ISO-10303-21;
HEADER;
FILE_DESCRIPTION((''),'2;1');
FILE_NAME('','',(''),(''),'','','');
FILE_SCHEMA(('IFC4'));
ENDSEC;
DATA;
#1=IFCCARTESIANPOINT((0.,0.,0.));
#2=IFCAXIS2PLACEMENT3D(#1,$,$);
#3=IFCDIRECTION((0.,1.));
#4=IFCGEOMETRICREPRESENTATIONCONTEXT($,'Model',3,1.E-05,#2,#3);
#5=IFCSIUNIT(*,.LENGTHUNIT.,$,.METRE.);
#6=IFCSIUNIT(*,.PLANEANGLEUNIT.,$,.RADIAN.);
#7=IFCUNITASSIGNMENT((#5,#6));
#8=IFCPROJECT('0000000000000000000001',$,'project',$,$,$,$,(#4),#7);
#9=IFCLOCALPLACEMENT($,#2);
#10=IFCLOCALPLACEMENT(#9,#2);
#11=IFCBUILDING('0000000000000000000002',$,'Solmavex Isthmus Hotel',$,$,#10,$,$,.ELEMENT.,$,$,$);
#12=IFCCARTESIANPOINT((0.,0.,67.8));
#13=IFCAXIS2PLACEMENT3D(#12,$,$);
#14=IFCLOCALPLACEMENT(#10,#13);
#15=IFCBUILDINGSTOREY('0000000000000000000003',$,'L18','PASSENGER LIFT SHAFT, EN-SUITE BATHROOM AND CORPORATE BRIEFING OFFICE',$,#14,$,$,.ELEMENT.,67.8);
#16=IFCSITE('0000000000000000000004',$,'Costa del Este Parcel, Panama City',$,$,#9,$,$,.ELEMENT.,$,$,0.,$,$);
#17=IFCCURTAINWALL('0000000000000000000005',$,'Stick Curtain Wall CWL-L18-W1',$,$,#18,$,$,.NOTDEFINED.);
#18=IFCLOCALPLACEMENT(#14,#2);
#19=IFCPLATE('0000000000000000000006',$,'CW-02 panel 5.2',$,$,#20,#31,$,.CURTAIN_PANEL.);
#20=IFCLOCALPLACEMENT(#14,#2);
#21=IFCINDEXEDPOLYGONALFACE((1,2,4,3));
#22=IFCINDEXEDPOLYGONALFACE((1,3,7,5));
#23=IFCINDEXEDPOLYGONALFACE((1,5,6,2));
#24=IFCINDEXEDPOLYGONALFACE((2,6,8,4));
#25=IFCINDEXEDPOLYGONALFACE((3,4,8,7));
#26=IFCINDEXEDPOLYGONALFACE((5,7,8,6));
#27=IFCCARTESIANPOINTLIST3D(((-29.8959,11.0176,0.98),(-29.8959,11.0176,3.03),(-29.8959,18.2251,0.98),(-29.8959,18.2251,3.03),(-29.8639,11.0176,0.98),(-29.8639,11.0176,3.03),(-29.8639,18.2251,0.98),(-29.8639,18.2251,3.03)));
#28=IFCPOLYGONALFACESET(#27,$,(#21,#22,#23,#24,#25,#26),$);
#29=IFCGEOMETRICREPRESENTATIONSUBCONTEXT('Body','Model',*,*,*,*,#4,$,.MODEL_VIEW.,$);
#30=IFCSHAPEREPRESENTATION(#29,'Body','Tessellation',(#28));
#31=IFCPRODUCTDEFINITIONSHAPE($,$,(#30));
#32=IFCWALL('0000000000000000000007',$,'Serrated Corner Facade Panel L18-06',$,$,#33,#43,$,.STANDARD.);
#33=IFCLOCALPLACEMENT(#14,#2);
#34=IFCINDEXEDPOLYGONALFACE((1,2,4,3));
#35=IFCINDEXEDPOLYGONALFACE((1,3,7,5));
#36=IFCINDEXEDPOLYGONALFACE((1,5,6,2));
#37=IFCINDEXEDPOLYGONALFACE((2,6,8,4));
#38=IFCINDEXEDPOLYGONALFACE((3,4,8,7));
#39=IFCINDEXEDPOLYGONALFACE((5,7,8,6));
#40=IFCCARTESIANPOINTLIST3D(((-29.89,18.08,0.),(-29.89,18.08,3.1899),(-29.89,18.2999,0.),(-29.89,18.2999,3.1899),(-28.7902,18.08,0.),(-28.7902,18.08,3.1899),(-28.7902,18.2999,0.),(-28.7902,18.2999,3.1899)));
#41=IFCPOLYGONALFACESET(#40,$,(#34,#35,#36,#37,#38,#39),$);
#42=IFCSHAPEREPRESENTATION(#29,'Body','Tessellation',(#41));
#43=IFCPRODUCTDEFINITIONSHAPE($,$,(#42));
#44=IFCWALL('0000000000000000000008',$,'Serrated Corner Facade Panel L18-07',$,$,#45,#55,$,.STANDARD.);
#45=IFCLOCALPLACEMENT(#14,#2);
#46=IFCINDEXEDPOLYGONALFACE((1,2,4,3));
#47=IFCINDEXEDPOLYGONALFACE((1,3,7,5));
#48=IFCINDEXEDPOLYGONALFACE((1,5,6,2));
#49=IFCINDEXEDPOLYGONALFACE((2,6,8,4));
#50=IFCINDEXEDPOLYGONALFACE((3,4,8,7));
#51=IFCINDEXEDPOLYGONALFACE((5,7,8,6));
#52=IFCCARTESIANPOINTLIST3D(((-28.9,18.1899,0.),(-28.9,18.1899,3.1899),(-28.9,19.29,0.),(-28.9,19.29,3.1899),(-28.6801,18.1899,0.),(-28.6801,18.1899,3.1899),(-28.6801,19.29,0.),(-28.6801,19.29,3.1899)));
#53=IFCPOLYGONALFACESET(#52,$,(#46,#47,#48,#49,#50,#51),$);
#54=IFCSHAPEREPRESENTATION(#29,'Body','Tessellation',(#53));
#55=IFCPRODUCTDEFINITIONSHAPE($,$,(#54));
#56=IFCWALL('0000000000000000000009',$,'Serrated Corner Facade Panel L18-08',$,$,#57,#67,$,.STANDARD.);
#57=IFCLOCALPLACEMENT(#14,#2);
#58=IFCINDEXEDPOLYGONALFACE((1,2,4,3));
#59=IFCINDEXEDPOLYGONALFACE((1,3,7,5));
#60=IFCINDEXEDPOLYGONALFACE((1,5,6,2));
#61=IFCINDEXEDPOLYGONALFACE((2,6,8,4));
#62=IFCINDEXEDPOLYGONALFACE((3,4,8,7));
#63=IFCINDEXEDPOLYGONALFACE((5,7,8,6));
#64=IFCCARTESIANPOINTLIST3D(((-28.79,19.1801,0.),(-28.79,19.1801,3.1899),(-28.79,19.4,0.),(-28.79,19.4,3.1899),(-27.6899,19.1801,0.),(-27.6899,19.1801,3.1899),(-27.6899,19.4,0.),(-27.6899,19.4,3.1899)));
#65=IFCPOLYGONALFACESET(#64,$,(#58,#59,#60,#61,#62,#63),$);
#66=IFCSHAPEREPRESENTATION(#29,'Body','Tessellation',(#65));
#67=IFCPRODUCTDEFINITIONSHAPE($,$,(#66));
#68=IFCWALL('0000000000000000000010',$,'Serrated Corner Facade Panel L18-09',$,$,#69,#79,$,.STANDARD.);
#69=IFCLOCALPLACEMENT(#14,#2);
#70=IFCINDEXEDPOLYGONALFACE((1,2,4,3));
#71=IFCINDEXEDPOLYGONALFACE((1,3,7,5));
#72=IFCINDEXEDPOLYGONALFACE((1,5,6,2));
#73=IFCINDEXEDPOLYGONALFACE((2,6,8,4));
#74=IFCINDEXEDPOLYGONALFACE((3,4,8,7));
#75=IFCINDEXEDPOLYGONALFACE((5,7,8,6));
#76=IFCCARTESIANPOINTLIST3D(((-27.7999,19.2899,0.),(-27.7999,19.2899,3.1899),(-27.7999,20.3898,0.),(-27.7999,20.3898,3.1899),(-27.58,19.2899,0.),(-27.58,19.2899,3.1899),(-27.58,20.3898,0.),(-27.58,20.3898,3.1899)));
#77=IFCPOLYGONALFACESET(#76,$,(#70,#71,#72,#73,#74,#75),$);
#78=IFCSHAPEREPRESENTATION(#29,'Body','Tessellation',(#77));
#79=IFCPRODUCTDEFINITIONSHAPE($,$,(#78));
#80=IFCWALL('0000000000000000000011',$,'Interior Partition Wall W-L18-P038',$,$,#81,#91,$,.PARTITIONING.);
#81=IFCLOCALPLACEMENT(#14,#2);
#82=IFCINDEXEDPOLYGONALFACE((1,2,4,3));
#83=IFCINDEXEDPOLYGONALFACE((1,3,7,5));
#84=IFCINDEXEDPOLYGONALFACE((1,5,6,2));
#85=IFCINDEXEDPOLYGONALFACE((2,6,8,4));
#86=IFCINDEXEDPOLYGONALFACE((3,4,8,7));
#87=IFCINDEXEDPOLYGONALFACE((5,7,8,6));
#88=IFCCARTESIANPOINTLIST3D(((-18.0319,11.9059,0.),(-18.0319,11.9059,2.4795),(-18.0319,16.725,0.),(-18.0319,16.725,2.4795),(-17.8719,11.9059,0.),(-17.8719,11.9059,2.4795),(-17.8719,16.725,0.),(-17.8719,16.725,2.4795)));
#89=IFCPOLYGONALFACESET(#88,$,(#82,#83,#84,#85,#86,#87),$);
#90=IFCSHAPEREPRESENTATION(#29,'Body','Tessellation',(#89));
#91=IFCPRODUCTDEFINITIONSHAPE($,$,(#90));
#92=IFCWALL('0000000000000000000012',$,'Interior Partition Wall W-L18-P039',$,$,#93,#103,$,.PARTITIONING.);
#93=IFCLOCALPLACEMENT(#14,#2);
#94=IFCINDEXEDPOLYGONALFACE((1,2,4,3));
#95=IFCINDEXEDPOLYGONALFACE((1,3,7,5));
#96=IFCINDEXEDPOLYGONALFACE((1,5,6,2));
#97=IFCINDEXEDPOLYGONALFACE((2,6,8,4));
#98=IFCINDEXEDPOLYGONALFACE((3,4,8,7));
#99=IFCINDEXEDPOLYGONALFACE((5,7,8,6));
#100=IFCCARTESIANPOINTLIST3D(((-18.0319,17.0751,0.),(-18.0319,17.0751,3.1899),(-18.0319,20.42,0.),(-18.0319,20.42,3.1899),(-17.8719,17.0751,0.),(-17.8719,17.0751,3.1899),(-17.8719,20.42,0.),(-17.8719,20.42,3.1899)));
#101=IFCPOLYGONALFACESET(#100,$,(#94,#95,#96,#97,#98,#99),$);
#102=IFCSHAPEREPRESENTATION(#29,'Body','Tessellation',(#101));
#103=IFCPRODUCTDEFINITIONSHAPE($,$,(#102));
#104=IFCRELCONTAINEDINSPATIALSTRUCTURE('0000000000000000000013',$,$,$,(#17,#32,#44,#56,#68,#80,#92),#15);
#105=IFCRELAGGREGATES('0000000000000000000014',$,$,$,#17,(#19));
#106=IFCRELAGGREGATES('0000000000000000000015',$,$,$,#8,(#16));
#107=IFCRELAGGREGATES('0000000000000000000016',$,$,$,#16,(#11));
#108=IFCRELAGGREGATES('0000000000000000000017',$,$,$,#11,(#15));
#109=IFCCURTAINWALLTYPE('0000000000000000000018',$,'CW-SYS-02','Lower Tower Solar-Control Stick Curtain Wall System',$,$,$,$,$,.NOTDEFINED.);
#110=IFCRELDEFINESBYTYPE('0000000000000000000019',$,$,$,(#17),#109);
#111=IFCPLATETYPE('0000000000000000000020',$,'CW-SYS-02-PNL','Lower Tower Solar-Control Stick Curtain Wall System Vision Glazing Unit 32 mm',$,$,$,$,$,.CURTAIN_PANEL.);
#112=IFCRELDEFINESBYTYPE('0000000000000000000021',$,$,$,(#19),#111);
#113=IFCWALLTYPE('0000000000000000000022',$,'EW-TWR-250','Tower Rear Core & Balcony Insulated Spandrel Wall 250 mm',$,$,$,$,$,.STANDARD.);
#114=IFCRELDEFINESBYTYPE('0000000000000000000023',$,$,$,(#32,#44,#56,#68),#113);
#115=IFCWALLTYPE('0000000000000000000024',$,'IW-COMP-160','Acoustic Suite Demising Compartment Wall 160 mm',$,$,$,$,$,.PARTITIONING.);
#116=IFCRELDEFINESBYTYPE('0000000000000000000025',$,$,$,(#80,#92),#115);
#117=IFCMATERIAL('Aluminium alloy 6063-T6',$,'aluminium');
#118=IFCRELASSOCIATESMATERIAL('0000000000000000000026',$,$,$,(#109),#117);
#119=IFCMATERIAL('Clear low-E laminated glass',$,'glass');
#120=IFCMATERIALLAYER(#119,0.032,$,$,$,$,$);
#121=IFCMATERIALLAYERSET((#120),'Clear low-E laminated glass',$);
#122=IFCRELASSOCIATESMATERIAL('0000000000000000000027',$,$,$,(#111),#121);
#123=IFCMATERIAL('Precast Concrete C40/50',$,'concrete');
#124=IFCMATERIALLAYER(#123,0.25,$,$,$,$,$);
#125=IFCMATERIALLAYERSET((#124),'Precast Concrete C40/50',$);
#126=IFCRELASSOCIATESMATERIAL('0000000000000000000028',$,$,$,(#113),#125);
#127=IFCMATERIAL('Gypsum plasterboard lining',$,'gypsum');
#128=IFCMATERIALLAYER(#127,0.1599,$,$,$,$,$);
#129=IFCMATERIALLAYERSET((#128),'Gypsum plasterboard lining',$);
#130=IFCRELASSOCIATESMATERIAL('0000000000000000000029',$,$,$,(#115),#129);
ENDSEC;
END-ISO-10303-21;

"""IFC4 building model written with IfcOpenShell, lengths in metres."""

from ifc_helpers import new_model, si_unit, direction, frame, frame_2d, origin, origin_2d, place, context, subcontext, project, spatial, rectangle, extrude, material, layer, layer_set, type_object, element, aggregate, save


model = new_model("IFC4")

# Units and contexts
model_context = context("Model", 3, precision=1e-05, world=origin(), true_north=direction((0.0, 1.0)))
body_context = subcontext(model_context, "Body", "Model", "MODEL_VIEW")
ifc_project = project(units=[si_unit("LENGTHUNIT", "METRE"), si_unit("PLANEANGLEUNIT", "RADIAN")], contexts=[model_context])

# Site, building, storey
site_placement = place(None, origin())
site = spatial("IfcSite", under=ifc_project, at=site_placement, Name="Costa del Este Parcel, Panama City", CompositionType="ELEMENT", RefElevation=0.0)
building_placement = place(site_placement, origin())
building = spatial("IfcBuilding", under=site, at=building_placement, Name="Solmavex Isthmus Hotel", CompositionType="ELEMENT")
storey_placement = place(building_placement, frame((0.0, 0.0, 67.8)))
storey = spatial("IfcBuildingStorey", under=building, at=storey_placement, Name="L18", Description="PASSENGER LIFT SHAFT, EN-SUITE BATHROOM AND CORPORATE BRIEFING OFFICE", CompositionType="ELEMENT", Elevation=67.8)

# Shared definitions
ifc_material_1 = material(Name="Aluminium alloy 6063-T6", Category="aluminium")
curtain_wall_type = type_object("IfcCurtainWallType", Name="CW-SYS-02", Description="Lower Tower Solar-Control Stick Curtain Wall System", PredefinedType="NOTDEFINED", material=ifc_material_1)

# Curtain wall
curtain_wall_1_placement = place(storey_placement, origin())
curtain_wall_1 = element("IfcCurtainWall", 1, at=curtain_wall_1_placement, inside=storey, type_object=curtain_wall_type, Name="Stick Curtain Wall CWL-L18-W1", PredefinedType="NOTDEFINED")

# Plate
ifc_material_2 = material(Name="Clear low-E laminated glass", Category="glass")
ifc_layer_1 = layer(ifc_material_2, 0.032)
ifc_layer_set_1 = layer_set([ifc_layer_1], Name="Clear low-E laminated glass")
plate_type = type_object("IfcPlateType", Name="CW-SYS-02-PNL", Description="Lower Tower Solar-Control Stick Curtain Wall System Vision Glazing Unit 32 mm", PredefinedType="CURTAIN_PANEL", material=ifc_layer_set_1)
plate_1_placement = place(storey_placement, frame((-29.8799, 14.6213, 0.98), z_axis=(0.0, 0.0, 1.0), x_axis=(0.0, 1.0, 0.0)))
plate_1 = element("IfcPlate", 2, at=plate_1_placement, type_object=plate_type, Name="CW-02 panel 5.2", PredefinedType="CURTAIN_PANEL", context=body_context, shape_type="SweptSolid", body=[
    extrude(rectangle(XDim=7.2075, YDim=0.032, at=origin_2d()), origin(), (0.0, 0.0, 1.0), 2.05),
])
aggregate(curtain_wall_1, [plate_1])

# Walls
ifc_material_3 = material(Name="Precast Concrete C40/50", Category="concrete")
ifc_layer_2 = layer(ifc_material_3, 0.25)
ifc_layer_set_2 = layer_set([ifc_layer_2], Name="Precast Concrete C40/50")
wall_type_1 = type_object("IfcWallType", Name="EW-TWR-250", Description="Tower Rear Core & Balcony Insulated Spandrel Wall 250 mm", PredefinedType="STANDARD", material=ifc_layer_set_2)
wall_1_placement = place(storey_placement, frame((-29.8899, 18.1899, 0.0), z_axis=(0.0, 0.0, 1.0), x_axis=(1.0, 0.0, 0.0)))
element("IfcWall", 3, at=wall_1_placement, inside=storey, type_object=wall_type_1, Name="Serrated Corner Facade Panel L18-06", PredefinedType="STANDARD", context=body_context, shape_type="SweptSolid", body=[
    extrude(rectangle(XDim=1.0999, YDim=0.22, at=frame_2d((0.5498, 0.0))), origin(), (0.0, 0.0, 1.0), 3.1899),
])
for number, where, z_axis, x_axis, name in (
    (4, (-28.79, 18.1899, 0.0), (0.0, 0.0, 1.0), (0.0, 1.0, 0.0), "Serrated Corner Facade Panel L18-07"),
    (5, (-28.79, 19.29, 0.0), (0.0, 0.0, 1.0), (1.0, 0.0, 0.0), "Serrated Corner Facade Panel L18-08"),
):
    element("IfcWall", number, at=place(storey_placement, frame(where, z_axis=z_axis, x_axis=x_axis)), inside=storey, type_object=wall_type_1, Name=name, PredefinedType="STANDARD", context=body_context, shape_type="SweptSolid", body=[
        extrude(rectangle(XDim=1.1001, YDim=0.22, at=frame_2d((0.55, 0.0))), origin(), (0.0, 0.0, 1.0), 3.1899),
    ])
wall_2_placement = place(storey_placement, frame((-27.6899, 19.29, 0.0), z_axis=(0.0, 0.0, 1.0), x_axis=(0.0, 1.0, 0.0)))
element("IfcWall", 6, at=wall_2_placement, inside=storey, type_object=wall_type_1, Name="Serrated Corner Facade Panel L18-09", PredefinedType="STANDARD", context=body_context, shape_type="SweptSolid", body=[
    extrude(rectangle(XDim=1.0999, YDim=0.22, at=frame_2d((0.5498, 0.0))), origin(), (0.0, 0.0, 1.0), 3.1899),
])
ifc_material_4 = material(Name="Gypsum plasterboard lining", Category="gypsum")
ifc_layer_3 = layer(ifc_material_4, 0.1599)
ifc_layer_set_3 = layer_set([ifc_layer_3], Name="Gypsum plasterboard lining")
wall_type_2 = type_object("IfcWallType", Name="IW-COMP-160", Description="Acoustic Suite Demising Compartment Wall 160 mm", PredefinedType="PARTITIONING", material=ifc_layer_set_3)
wall_3_placement = place(storey_placement, frame((-17.9519, 16.7251, 0.0), z_axis=(0.0, 0.0, 1.0), x_axis=(0.0, -1.0, 0.0)))
element("IfcWall", 7, at=wall_3_placement, inside=storey, type_object=wall_type_2, Name="Interior Partition Wall W-L18-P038", PredefinedType="PARTITIONING", context=body_context, shape_type="SweptSolid", body=[
    extrude(rectangle(XDim=4.8191, YDim=0.1599, at=frame_2d((2.4097, 0.0))), origin(), (0.0, 0.0, 1.0), 2.4795),
])
wall_4_placement = place(storey_placement, frame((-17.9519, 20.4199, 0.0), z_axis=(0.0, 0.0, 1.0), x_axis=(0.0, -1.0, 0.0)))
element("IfcWall", 8, at=wall_4_placement, inside=storey, type_object=wall_type_2, Name="Interior Partition Wall W-L18-P039", PredefinedType="PARTITIONING", context=body_context, shape_type="SweptSolid", body=[
    extrude(rectangle(XDim=3.345, YDim=0.1599, at=frame_2d((1.6724, 0.0))), origin(), (0.0, 0.0, 1.0), 3.1899),
])

save(model, "model.ifc")
